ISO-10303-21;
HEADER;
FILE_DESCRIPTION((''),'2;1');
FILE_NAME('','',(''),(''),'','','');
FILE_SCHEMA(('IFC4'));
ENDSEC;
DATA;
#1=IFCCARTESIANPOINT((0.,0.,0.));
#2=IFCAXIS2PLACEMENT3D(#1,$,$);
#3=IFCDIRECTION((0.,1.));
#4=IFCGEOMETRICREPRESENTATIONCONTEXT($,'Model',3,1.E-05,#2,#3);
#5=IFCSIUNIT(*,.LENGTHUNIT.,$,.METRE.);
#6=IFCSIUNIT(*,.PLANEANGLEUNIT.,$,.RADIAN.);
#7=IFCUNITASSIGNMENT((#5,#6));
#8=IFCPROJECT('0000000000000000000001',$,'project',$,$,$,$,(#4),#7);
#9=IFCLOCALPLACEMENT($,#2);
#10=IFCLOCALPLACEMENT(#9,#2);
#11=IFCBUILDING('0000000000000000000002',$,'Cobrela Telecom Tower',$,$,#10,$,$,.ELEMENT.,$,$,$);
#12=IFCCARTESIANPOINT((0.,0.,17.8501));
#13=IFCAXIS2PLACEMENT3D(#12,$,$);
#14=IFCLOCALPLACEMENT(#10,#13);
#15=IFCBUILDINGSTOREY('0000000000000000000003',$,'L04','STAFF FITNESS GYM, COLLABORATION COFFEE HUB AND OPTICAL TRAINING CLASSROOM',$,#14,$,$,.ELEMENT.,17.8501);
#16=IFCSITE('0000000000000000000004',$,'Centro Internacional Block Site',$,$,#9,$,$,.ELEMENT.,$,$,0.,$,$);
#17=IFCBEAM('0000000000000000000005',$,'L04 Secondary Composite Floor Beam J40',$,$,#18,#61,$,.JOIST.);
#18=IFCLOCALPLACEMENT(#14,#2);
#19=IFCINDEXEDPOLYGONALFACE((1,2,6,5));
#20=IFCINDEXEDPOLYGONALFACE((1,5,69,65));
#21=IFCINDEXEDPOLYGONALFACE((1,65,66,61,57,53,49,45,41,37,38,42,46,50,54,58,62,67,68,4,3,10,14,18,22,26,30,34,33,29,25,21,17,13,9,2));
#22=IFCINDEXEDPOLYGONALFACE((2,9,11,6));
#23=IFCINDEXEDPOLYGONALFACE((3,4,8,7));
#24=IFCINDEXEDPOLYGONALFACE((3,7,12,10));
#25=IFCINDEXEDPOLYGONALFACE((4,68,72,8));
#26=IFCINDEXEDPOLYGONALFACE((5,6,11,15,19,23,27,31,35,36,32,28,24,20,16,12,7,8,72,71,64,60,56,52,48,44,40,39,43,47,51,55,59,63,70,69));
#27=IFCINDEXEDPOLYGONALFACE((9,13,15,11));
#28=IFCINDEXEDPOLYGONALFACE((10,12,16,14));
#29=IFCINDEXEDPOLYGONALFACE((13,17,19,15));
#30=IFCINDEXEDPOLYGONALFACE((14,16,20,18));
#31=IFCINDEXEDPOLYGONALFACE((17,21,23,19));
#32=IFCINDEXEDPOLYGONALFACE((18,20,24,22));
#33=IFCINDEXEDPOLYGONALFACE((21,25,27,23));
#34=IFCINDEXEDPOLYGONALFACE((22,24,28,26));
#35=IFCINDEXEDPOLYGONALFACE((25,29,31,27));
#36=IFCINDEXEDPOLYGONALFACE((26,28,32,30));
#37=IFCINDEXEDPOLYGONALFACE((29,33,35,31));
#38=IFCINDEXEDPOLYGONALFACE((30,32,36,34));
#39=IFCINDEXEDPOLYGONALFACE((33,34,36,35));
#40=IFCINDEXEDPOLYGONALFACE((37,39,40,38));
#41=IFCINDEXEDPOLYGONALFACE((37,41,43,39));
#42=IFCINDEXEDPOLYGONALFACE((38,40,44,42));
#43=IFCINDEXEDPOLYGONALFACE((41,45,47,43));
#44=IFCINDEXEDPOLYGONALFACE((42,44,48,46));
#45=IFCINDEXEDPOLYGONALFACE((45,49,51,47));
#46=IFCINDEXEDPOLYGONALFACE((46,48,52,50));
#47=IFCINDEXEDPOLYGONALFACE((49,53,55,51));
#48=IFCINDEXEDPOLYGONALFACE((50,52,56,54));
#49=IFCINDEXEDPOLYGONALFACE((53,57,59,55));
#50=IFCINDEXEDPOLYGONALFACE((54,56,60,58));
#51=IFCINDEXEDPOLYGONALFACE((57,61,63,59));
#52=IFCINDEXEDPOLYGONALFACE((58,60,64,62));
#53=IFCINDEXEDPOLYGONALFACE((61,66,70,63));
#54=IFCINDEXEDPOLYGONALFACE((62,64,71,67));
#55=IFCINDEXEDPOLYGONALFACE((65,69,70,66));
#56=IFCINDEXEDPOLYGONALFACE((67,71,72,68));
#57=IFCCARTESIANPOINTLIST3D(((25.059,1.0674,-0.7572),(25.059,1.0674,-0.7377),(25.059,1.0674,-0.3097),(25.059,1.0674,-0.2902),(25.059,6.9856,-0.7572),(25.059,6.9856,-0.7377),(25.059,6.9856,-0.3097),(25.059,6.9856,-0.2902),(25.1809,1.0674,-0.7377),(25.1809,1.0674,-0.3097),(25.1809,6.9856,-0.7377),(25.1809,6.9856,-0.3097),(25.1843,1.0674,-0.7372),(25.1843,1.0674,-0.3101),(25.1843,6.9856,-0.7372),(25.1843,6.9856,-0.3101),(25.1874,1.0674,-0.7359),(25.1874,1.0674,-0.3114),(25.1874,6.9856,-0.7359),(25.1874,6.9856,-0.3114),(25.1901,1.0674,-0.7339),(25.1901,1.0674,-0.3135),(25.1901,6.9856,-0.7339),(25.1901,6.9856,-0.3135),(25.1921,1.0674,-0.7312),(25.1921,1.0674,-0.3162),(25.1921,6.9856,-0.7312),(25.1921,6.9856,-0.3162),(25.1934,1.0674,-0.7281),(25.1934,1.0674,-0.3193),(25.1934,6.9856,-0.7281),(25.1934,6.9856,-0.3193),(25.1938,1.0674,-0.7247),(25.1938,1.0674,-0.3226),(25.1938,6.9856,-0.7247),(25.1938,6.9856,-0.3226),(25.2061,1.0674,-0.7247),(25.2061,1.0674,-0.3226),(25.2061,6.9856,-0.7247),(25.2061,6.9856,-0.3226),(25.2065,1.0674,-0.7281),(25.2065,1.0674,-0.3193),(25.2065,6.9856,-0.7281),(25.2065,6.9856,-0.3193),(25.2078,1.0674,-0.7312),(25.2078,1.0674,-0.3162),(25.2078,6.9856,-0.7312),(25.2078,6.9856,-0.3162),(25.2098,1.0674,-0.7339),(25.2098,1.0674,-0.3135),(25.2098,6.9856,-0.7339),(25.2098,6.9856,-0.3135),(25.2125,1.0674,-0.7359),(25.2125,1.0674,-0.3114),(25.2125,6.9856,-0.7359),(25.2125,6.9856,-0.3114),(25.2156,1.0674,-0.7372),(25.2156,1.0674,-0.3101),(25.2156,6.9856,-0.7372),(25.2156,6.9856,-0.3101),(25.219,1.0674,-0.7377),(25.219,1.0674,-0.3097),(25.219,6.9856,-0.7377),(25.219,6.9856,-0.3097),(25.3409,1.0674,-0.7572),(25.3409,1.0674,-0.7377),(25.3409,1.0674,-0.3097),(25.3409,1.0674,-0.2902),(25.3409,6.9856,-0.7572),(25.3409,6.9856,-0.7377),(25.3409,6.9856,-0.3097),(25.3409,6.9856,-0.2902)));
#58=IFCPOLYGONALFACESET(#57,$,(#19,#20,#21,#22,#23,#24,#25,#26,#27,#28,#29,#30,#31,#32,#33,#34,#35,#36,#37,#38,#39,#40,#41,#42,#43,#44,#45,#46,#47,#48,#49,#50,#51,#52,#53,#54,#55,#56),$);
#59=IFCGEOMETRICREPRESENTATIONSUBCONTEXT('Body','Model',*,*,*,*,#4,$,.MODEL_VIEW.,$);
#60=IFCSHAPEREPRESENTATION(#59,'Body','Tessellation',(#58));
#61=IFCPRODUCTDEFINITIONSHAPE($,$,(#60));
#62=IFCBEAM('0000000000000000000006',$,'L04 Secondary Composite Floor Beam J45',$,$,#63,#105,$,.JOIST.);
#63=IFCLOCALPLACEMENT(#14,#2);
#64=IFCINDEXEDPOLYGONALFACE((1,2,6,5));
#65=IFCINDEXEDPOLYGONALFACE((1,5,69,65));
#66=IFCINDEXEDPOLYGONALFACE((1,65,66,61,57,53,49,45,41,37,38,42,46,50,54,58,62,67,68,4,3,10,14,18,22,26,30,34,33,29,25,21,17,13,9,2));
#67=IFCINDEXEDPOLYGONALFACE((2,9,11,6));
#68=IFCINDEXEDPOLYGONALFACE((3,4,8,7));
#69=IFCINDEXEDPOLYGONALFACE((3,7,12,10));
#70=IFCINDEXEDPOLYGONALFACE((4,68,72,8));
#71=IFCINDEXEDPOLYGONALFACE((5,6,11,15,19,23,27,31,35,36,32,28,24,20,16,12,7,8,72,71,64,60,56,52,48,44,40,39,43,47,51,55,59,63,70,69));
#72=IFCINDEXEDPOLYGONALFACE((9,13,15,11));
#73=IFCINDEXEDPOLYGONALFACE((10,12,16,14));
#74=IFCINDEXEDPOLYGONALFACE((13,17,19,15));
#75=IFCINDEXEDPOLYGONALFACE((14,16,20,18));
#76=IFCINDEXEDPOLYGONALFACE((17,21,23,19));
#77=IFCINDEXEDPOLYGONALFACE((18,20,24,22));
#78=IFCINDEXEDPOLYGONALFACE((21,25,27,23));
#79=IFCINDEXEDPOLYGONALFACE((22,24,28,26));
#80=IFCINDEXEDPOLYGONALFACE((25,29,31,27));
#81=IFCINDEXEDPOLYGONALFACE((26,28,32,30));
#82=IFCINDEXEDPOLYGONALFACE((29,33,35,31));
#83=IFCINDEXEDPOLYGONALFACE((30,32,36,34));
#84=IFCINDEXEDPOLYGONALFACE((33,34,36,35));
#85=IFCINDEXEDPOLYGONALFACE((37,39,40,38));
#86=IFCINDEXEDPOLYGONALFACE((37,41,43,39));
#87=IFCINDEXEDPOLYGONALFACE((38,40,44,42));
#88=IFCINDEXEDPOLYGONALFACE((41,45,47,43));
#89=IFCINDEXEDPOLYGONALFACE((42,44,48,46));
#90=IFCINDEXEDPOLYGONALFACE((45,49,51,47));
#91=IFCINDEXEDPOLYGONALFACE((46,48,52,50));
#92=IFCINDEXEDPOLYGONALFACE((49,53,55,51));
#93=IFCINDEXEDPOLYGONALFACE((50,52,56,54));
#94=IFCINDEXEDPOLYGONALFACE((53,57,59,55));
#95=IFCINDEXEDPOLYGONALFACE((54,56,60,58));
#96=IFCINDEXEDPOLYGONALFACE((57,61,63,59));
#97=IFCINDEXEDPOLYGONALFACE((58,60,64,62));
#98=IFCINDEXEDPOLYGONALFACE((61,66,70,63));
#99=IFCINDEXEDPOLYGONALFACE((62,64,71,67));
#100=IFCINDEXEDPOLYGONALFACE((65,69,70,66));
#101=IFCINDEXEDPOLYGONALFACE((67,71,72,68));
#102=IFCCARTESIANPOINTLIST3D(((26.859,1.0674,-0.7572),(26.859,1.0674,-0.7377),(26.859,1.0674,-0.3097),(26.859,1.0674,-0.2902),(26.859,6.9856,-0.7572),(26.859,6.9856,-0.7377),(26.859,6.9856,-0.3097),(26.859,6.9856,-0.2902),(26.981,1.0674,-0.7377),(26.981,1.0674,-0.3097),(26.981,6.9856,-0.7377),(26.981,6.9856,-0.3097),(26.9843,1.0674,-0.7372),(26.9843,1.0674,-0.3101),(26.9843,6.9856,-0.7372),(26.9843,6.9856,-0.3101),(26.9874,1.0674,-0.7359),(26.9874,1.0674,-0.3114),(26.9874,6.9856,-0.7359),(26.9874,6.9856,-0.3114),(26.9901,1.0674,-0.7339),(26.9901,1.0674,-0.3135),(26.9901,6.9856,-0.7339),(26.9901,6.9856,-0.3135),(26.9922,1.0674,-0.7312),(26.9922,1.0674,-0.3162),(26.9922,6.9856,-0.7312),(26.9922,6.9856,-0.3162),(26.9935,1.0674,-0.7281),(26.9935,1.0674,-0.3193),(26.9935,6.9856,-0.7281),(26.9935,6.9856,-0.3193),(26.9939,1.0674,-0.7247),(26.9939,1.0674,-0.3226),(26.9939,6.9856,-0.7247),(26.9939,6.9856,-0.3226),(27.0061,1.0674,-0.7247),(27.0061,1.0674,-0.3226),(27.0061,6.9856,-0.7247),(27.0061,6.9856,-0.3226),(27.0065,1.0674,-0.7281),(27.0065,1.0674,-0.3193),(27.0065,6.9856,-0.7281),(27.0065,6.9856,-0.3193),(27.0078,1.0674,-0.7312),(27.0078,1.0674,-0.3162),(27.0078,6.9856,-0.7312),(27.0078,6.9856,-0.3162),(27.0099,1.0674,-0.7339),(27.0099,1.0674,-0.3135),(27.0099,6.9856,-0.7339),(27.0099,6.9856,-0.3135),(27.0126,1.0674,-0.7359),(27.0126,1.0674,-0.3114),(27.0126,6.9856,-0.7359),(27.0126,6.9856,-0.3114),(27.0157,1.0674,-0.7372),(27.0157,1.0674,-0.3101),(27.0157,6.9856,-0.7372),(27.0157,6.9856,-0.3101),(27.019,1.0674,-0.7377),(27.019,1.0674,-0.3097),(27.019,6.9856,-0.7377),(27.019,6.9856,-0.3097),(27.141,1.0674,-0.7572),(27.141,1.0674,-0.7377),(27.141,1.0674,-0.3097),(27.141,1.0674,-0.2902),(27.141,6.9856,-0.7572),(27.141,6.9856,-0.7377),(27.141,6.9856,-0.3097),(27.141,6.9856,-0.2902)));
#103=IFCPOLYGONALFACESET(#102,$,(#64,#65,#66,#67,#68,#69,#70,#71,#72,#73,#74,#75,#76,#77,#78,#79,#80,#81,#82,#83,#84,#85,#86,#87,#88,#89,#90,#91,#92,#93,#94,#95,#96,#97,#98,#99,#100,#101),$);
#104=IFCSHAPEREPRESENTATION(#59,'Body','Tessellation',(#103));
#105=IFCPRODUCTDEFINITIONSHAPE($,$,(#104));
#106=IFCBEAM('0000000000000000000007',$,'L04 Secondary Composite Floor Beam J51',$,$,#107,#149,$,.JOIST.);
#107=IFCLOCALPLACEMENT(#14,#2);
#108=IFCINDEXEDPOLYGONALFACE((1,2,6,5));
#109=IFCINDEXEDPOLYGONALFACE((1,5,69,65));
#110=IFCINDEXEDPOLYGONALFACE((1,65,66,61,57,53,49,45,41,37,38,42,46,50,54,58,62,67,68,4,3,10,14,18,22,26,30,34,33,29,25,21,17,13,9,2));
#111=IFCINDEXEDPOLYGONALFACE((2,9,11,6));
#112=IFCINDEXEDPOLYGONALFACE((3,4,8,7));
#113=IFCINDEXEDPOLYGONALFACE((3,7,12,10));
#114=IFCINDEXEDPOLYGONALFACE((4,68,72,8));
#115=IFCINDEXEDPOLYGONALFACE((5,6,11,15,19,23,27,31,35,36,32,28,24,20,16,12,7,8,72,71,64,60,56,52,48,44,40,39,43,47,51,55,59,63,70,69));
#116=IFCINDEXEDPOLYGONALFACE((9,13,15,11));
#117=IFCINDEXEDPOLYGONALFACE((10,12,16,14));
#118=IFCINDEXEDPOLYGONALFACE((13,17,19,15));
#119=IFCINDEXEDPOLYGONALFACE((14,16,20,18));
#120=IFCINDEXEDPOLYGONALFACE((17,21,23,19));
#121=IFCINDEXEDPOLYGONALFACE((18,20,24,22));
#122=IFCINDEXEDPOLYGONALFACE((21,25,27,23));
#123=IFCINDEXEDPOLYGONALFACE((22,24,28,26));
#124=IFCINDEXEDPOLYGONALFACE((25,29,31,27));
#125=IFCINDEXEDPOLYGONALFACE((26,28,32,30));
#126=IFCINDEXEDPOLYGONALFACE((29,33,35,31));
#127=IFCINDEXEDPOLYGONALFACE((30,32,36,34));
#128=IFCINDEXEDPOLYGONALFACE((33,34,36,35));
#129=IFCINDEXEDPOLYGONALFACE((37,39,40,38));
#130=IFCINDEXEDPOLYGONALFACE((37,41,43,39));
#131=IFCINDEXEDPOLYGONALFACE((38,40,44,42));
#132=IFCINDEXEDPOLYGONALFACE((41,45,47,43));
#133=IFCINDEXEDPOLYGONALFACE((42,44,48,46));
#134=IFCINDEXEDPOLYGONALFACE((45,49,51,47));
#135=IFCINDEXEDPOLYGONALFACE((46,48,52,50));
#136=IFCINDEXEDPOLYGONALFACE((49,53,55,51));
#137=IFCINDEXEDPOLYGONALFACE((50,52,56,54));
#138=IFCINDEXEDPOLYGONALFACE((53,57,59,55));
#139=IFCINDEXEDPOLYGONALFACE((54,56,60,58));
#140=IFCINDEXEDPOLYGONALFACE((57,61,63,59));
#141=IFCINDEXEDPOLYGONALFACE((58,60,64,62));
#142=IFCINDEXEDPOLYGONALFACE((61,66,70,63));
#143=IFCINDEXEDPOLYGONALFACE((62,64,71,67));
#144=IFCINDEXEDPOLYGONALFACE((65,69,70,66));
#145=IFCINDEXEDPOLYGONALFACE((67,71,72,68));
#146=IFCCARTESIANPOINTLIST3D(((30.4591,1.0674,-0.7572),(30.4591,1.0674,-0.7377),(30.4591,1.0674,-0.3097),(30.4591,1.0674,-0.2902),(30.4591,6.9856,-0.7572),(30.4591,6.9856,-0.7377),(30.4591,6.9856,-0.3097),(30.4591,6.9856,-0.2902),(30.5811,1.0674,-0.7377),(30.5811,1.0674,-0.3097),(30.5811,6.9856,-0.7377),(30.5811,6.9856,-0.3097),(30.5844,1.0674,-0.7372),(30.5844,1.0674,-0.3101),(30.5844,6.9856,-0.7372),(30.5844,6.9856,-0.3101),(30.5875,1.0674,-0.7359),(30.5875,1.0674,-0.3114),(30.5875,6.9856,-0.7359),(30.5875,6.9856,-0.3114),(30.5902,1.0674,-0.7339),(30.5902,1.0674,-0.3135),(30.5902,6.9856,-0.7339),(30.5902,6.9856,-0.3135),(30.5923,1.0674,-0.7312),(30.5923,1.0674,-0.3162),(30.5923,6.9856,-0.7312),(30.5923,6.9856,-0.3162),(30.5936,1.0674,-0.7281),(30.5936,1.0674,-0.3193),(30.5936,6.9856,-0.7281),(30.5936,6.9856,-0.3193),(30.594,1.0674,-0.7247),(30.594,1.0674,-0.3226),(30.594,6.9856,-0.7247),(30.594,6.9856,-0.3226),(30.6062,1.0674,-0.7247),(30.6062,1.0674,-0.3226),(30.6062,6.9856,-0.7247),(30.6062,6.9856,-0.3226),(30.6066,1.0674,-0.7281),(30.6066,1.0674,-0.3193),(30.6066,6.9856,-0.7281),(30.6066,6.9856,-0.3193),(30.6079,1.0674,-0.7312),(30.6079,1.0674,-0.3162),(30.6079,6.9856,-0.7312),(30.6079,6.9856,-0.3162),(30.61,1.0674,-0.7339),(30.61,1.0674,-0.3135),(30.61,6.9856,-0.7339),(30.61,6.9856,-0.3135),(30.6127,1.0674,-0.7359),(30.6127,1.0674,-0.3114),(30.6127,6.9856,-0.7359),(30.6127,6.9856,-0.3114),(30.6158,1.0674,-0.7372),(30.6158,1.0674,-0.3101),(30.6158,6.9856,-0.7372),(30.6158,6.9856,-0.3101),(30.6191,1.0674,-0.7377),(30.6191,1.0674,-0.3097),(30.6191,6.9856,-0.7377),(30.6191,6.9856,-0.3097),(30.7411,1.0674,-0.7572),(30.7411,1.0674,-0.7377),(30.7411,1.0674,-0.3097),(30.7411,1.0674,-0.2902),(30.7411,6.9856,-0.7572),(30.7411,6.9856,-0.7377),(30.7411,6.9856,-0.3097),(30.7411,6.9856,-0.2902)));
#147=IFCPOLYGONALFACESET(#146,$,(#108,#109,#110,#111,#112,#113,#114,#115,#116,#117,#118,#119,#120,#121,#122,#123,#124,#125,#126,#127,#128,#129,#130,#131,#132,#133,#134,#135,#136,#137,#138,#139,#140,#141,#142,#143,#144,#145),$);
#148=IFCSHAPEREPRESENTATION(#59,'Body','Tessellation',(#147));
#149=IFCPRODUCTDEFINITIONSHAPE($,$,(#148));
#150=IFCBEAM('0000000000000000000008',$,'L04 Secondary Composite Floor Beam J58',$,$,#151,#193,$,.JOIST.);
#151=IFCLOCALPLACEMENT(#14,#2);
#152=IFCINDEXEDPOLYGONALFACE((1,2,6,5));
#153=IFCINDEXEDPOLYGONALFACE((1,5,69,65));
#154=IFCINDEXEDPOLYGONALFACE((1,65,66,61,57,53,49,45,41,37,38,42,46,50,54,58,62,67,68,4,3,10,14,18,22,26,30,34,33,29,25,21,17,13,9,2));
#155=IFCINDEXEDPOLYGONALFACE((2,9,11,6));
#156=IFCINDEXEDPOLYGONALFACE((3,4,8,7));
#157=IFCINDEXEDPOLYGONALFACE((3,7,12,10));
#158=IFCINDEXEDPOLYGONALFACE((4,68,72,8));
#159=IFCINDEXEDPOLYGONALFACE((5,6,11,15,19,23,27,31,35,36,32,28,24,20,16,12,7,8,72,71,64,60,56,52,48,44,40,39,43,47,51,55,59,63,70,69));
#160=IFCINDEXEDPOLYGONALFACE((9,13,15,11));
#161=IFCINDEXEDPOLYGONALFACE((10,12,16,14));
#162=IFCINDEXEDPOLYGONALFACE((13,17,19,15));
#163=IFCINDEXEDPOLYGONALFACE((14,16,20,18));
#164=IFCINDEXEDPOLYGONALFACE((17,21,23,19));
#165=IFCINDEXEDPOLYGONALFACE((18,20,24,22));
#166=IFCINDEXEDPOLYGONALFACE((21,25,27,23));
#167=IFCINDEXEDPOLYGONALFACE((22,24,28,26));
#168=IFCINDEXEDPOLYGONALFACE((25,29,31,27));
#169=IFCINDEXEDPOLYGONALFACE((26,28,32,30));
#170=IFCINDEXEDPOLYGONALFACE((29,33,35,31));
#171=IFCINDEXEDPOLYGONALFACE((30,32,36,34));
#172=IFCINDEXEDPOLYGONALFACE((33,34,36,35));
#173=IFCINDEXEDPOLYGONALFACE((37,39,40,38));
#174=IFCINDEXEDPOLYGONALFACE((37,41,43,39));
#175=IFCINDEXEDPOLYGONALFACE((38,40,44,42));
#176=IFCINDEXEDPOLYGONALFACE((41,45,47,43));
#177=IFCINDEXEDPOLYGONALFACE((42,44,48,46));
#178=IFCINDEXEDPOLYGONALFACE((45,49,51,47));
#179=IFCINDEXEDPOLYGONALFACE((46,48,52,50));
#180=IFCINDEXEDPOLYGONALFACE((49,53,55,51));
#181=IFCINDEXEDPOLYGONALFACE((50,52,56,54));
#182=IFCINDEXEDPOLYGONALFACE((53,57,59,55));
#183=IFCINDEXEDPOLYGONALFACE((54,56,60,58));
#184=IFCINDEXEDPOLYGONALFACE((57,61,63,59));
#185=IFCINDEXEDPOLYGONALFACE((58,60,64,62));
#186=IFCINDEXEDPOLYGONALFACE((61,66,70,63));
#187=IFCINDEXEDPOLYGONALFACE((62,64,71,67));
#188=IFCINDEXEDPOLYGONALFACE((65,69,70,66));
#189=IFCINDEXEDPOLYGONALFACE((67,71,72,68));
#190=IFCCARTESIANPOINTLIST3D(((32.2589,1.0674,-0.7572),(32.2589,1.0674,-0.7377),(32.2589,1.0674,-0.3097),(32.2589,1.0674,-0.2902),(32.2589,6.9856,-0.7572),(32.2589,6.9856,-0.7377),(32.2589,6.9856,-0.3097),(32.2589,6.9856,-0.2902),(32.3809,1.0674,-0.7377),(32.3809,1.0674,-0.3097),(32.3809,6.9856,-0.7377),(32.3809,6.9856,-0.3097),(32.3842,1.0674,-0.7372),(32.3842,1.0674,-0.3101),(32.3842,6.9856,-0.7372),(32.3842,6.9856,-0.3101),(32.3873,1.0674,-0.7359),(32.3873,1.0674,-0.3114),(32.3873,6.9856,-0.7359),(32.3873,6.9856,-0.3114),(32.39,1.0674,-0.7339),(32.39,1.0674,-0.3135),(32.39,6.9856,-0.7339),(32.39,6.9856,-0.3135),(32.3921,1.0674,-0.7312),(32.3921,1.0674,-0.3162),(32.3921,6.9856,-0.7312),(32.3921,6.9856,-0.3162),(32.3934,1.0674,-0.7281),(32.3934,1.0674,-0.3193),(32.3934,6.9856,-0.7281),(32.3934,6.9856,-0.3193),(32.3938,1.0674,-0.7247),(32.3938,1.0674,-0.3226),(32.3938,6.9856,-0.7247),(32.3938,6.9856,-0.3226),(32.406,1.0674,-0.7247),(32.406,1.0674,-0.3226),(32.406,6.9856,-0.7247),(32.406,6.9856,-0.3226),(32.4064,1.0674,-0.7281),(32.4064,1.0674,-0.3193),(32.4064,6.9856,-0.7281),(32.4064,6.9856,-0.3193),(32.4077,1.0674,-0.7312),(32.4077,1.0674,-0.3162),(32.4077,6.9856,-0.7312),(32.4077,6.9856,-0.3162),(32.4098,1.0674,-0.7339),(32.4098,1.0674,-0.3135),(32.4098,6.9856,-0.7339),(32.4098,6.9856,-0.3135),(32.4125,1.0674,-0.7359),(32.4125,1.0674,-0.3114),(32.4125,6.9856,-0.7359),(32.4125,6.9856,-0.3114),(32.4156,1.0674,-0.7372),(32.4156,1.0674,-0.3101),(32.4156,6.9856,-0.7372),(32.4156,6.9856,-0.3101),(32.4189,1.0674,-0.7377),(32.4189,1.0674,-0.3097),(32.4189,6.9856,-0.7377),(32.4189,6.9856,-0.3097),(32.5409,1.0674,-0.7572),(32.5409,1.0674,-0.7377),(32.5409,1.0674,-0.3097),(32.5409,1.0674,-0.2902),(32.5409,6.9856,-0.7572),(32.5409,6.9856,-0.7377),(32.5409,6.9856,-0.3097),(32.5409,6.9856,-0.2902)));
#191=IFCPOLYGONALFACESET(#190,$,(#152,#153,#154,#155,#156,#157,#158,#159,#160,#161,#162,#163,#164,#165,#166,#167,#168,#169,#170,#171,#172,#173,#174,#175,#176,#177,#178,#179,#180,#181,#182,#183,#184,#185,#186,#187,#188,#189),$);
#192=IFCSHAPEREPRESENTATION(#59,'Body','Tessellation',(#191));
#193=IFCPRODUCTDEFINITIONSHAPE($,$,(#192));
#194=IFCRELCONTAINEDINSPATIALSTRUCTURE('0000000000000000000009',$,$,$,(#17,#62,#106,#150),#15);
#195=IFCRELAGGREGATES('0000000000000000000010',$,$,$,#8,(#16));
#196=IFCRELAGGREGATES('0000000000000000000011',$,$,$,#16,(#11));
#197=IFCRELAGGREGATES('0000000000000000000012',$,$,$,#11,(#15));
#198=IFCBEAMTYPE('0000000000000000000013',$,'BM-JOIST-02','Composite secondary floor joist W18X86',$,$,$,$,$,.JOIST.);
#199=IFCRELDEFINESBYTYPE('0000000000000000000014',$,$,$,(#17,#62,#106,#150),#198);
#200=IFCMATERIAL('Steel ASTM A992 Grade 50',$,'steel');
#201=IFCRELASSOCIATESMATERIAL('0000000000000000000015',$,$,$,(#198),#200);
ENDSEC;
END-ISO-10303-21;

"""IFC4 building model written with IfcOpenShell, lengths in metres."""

from ifc_helpers import new_model, si_unit, direction, frame, origin, origin_2d, place, context, subcontext, project, spatial, i_section, extrude, material, material_profile, profile_set, type_object, element, save


model = new_model("IFC4")

# Units and contexts
model_context = context("Model", 3, precision=1e-05, world=origin(), true_north=direction((0.0, 1.0)))
body_context = subcontext(model_context, "Body", "Model", "MODEL_VIEW")
ifc_project = project(units=[si_unit("LENGTHUNIT", "METRE"), si_unit("PLANEANGLEUNIT", "RADIAN")], contexts=[model_context])

# Site, building, storey
site_placement = place(None, origin())
site = spatial("IfcSite", under=ifc_project, at=site_placement, Name="Centro Internacional Block Site", CompositionType="ELEMENT", RefElevation=0.0)
building_placement = place(site_placement, origin())
building = spatial("IfcBuilding", under=site, at=building_placement, Name="Cobrela Telecom Tower", CompositionType="ELEMENT")
storey_placement = place(building_placement, frame((0.0, 0.0, 17.8501)))
storey = spatial("IfcBuildingStorey", under=building, at=storey_placement, Name="L04", Description="STAFF FITNESS GYM, COLLABORATION COFFEE HUB AND OPTICAL TRAINING CLASSROOM", CompositionType="ELEMENT", Elevation=17.8501)

# Beams
ifc_material_1 = material(Name="Steel ASTM A992 Grade 50", Category="steel")
ifc_material_profile_1 = material_profile(ifc_material_1, i_section(OverallWidth=0.282, OverallDepth=0.467, WebThickness=0.0122, FlangeThickness=0.0195, FilletRadius=0.0129, at=origin_2d()), Name="W18X86")
ifc_profile_set_1 = profile_set([ifc_material_profile_1], Name="Steel ASTM A992 Grade 50")
beam_type_1 = type_object("IfcBeamType", Name="BM-JOIST-02", Description="Composite secondary floor joist W18X86", PredefinedType="JOIST", material=ifc_profile_set_1)
for number, where, z_axis, x_axis, name in (
    (1, (25.2, 1.0674, -0.5237), (0.0, 1.0, 0.0), (-1.0, 0.0, 0.0), "L04 Secondary Composite Floor Beam J40"),
    (2, (27.0, 1.0674, -0.5237), (0.0, 1.0, 0.0), (-1.0, 0.0, 0.0), "L04 Secondary Composite Floor Beam J45"),
    (3, (30.6001, 1.0674, -0.5237), (0.0, 1.0, 0.0), (-1.0, 0.0, 0.0), "L04 Secondary Composite Floor Beam J51"),
    (4, (32.3999, 1.0674, -0.5237), (0.0, 1.0, 0.0), (-1.0, 0.0, 0.0), "L04 Secondary Composite Floor Beam J58"),
):
    element("IfcBeam", number, at=place(storey_placement, frame(where, z_axis=z_axis, x_axis=x_axis)), inside=storey, type_object=beam_type_1, Name=name, PredefinedType="JOIST", context=body_context, shape_type="SweptSolid", body=[
        extrude(i_section(OverallWidth=0.282, OverallDepth=0.467, WebThickness=0.0122, FlangeThickness=0.0195, FilletRadius=0.0129, at=origin_2d()), origin(), (0.0, 0.0, 1.0), 5.9182),
    ])

save(model, "model.ifc")
